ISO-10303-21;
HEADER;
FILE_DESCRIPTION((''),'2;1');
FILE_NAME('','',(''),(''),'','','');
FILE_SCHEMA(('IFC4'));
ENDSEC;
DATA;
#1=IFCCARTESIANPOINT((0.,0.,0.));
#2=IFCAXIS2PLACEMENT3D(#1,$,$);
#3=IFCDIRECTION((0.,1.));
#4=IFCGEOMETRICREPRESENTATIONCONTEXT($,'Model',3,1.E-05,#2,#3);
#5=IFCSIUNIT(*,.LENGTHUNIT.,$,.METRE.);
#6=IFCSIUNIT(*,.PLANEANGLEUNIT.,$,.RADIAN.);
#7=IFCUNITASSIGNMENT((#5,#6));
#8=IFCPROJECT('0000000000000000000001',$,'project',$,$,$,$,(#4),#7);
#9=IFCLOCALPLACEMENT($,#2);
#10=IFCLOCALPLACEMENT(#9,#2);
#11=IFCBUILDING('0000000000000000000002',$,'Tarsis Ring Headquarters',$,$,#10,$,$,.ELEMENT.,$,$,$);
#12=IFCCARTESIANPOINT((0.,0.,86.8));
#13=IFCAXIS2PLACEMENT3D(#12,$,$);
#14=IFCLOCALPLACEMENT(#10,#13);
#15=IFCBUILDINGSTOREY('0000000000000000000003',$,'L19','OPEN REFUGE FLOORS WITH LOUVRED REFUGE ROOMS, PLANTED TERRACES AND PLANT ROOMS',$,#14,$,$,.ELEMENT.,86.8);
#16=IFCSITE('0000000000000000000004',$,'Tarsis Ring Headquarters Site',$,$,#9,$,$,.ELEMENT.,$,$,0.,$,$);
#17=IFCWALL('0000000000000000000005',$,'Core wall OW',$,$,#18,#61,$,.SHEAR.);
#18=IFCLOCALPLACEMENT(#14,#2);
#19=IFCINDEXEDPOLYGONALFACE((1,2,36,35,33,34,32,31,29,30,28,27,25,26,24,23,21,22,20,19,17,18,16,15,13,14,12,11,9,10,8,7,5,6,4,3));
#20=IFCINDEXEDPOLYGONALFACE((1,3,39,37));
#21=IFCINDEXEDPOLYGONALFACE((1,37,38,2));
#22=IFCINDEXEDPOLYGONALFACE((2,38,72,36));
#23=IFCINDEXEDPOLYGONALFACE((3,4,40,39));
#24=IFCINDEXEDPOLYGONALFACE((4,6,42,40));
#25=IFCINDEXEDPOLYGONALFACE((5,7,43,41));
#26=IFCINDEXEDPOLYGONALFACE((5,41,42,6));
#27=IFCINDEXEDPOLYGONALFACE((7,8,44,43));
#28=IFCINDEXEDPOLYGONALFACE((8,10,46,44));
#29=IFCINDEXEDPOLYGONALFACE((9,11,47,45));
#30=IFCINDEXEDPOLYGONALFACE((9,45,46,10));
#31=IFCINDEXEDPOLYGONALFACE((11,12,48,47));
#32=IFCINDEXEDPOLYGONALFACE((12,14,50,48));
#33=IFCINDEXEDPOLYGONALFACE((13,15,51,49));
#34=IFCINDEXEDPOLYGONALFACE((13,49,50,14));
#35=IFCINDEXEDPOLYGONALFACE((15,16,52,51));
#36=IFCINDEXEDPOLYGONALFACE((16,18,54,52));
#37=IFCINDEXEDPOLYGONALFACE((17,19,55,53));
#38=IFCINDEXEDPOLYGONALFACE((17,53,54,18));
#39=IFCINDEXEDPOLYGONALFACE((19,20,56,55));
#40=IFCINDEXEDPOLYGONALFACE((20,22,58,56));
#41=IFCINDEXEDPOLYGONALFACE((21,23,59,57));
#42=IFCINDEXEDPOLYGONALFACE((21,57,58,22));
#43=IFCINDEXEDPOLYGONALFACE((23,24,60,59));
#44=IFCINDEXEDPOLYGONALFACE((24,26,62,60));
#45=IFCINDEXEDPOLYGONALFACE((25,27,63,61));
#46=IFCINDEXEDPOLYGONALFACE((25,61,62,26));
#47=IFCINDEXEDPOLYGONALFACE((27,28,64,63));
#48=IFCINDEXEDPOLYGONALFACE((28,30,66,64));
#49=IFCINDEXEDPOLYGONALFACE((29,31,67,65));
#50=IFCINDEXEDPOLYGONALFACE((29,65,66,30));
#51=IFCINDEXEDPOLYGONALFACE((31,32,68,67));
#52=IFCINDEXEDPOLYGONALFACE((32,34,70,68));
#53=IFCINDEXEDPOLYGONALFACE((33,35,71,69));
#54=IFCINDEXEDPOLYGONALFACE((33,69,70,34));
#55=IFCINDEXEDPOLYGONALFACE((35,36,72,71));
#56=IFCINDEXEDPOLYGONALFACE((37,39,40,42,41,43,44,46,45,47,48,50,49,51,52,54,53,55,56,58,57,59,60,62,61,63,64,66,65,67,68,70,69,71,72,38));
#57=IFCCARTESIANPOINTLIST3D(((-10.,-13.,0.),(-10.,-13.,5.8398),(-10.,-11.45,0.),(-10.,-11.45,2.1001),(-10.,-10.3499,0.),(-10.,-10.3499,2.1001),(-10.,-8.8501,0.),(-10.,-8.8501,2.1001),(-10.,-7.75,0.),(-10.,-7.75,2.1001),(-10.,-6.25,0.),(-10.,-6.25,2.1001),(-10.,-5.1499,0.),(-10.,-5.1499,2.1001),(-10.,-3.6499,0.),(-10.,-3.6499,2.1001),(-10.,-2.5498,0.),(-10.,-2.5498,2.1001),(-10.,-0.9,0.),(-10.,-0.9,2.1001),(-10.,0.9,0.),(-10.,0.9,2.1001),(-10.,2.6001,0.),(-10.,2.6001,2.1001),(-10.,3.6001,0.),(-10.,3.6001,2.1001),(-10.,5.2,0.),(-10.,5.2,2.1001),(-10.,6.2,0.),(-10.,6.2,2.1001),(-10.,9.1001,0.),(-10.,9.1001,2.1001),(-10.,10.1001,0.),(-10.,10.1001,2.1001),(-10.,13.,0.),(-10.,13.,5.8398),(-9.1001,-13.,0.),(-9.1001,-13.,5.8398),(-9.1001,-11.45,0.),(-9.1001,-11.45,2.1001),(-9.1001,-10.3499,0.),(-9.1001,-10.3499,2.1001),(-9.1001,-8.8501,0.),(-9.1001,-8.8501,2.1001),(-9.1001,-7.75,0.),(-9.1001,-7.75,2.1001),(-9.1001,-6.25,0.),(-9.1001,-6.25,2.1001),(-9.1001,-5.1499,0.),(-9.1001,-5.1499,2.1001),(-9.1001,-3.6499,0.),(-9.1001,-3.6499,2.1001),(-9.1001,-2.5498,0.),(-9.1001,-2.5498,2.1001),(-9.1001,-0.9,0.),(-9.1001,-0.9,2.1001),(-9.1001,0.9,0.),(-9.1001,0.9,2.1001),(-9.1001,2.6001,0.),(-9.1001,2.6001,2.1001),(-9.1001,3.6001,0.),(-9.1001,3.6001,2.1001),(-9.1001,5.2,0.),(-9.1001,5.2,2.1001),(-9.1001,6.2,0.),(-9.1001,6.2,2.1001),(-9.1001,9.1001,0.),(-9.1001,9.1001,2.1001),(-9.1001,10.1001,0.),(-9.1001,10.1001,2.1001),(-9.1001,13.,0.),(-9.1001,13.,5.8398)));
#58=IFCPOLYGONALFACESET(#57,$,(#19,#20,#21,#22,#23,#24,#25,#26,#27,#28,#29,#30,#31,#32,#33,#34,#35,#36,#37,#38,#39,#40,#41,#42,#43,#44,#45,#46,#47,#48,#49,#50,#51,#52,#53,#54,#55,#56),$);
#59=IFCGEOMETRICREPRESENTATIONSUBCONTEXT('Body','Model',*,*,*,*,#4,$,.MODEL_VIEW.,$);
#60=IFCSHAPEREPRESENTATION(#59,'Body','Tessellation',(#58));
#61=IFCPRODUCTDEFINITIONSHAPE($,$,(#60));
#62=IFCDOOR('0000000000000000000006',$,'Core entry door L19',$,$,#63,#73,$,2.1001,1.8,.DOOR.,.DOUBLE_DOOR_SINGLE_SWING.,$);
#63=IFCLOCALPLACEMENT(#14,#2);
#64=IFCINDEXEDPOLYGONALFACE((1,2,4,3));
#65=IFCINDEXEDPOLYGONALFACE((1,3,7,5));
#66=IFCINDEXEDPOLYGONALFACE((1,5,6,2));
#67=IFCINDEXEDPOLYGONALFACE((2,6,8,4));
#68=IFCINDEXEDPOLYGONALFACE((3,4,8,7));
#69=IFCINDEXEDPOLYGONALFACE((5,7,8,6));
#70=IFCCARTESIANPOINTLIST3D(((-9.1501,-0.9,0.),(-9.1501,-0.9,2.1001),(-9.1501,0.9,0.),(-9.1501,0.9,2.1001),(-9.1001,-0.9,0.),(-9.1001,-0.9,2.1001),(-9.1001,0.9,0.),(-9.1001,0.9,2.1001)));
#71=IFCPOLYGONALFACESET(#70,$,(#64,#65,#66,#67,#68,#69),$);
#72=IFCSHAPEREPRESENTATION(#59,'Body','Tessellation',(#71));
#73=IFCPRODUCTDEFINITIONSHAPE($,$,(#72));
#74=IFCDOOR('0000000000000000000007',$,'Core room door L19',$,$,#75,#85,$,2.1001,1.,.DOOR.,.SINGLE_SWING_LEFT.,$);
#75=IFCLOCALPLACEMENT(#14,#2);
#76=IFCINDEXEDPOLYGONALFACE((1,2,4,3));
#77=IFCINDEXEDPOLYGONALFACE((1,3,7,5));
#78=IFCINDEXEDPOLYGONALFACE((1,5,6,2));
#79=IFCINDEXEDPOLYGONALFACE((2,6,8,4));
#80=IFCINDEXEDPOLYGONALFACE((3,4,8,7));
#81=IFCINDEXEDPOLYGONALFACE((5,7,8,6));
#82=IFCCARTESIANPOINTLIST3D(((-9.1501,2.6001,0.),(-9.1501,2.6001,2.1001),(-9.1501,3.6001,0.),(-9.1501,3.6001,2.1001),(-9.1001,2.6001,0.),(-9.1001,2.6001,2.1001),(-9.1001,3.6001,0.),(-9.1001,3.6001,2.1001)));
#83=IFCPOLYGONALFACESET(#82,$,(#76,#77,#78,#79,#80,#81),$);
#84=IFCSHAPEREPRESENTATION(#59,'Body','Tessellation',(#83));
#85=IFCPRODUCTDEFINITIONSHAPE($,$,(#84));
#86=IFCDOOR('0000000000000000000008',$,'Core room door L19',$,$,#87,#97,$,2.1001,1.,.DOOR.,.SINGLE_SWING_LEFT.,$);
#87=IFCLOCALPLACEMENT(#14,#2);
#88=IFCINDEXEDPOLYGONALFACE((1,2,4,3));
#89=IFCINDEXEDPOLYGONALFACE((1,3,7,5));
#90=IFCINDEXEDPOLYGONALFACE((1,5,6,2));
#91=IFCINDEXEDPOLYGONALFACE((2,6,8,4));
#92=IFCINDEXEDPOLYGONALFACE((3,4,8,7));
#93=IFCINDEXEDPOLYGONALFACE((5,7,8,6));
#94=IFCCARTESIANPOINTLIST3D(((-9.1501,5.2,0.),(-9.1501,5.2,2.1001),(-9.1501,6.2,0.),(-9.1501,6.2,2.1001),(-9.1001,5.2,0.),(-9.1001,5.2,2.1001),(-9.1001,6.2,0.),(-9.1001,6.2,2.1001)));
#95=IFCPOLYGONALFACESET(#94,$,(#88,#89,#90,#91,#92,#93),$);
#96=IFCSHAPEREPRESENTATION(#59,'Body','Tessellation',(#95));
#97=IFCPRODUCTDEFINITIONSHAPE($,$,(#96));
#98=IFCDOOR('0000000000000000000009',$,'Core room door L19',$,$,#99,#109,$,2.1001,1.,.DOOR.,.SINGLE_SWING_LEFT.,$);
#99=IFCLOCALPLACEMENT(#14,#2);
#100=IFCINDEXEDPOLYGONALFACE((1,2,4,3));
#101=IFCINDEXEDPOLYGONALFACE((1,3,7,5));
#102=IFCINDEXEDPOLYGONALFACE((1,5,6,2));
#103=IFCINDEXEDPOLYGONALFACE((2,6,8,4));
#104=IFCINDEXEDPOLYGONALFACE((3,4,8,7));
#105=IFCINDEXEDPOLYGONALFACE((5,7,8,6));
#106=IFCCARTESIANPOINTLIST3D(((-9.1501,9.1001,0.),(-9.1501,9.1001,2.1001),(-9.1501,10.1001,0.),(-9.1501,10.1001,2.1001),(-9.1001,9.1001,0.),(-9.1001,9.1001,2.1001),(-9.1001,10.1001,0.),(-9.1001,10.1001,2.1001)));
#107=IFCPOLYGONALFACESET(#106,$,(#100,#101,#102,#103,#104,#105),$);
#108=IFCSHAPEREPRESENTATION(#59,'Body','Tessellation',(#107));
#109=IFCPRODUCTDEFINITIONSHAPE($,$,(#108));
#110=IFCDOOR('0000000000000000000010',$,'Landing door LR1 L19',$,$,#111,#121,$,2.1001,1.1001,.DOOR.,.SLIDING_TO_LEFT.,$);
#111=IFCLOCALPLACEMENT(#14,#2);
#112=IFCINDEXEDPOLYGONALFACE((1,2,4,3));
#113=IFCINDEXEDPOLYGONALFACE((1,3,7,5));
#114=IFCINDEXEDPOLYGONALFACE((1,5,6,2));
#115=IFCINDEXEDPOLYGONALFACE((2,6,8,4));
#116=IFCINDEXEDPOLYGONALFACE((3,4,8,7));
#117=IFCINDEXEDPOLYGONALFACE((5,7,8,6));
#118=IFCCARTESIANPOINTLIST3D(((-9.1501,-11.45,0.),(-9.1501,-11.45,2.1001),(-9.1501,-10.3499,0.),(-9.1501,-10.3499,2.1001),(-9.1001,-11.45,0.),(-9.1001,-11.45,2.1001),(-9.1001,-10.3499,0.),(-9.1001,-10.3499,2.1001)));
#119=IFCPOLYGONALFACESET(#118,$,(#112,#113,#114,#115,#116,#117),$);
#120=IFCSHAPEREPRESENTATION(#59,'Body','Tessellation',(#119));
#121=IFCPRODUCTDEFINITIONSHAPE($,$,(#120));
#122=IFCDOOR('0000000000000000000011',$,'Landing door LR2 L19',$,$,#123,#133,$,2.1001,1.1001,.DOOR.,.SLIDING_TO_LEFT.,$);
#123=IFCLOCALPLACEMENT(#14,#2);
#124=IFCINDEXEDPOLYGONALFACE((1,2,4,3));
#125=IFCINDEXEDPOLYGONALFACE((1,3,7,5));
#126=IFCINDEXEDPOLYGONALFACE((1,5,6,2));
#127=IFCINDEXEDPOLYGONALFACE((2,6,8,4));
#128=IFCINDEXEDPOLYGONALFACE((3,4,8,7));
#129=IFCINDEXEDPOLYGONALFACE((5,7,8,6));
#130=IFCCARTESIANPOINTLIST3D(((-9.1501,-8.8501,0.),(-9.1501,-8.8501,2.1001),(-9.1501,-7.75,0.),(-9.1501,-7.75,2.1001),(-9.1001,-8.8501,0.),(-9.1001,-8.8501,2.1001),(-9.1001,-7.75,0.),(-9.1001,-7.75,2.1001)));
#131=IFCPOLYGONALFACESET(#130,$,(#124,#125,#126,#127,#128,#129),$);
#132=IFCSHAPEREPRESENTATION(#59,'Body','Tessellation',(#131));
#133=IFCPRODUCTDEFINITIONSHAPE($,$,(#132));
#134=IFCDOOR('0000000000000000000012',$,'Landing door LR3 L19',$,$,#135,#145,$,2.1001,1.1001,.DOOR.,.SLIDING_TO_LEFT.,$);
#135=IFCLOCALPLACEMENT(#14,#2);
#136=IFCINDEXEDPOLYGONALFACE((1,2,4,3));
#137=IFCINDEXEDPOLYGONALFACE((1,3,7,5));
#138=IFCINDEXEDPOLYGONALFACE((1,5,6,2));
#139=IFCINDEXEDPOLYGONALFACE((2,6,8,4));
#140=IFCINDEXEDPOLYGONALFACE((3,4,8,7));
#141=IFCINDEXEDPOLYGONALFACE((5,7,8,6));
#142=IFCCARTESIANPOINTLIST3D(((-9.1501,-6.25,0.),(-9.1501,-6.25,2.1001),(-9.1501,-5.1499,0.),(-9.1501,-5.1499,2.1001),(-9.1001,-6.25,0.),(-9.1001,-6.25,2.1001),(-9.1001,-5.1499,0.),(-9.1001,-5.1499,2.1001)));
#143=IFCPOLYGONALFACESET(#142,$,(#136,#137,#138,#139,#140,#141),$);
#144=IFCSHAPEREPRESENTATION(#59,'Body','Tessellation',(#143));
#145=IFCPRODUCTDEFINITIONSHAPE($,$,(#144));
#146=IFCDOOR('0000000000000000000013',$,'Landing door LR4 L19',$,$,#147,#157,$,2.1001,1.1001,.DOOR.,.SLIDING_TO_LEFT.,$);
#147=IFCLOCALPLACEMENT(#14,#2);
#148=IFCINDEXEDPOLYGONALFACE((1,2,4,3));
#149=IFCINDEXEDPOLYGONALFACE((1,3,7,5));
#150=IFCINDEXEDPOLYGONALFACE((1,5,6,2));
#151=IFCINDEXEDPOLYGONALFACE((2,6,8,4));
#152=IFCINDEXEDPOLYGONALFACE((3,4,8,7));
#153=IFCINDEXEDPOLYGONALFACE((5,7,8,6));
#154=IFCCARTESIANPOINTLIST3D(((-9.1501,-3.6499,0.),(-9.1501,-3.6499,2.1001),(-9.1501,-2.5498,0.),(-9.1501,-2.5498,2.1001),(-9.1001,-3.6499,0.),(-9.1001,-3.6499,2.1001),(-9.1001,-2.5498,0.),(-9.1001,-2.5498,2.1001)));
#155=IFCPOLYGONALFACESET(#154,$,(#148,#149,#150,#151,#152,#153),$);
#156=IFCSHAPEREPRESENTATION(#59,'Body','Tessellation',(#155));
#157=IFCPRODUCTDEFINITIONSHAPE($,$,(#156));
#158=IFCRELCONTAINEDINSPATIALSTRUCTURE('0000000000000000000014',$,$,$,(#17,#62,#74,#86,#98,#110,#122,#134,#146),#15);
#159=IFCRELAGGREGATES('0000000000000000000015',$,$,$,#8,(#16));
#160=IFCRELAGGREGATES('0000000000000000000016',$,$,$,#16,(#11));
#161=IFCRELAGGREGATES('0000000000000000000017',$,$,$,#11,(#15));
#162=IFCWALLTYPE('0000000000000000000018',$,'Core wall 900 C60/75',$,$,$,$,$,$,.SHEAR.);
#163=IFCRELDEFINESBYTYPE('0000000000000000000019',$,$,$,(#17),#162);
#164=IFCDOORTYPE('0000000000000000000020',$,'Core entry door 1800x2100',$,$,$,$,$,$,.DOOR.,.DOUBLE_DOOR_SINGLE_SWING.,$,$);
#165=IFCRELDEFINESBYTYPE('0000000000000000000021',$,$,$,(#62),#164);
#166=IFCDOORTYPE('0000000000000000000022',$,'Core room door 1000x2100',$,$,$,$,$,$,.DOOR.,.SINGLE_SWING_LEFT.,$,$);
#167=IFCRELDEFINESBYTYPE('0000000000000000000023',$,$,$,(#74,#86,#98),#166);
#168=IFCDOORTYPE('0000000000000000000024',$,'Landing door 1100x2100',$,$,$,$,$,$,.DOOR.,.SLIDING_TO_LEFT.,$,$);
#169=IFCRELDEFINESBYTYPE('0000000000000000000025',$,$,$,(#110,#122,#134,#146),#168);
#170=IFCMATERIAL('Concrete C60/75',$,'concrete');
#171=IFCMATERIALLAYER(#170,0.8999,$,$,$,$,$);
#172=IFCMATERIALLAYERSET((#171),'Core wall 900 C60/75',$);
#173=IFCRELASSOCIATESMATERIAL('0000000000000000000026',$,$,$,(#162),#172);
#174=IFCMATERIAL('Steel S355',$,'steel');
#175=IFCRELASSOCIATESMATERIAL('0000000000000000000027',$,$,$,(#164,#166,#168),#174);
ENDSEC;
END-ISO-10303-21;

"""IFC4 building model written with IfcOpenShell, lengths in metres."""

from ifc_helpers import new_model, si_unit, direction, frame, frame_2d, origin, place, context, subcontext, project, spatial, rectangle, extrude, material, layer, layer_set, type_object, element, fill, save


model = new_model("IFC4")

# Units and contexts
model_context = context("Model", 3, precision=1e-05, world=origin(), true_north=direction((0.0, 1.0)))
body_context = subcontext(model_context, "Body", "Model", "MODEL_VIEW")
ifc_project = project(units=[si_unit("LENGTHUNIT", "METRE"), si_unit("PLANEANGLEUNIT", "RADIAN")], contexts=[model_context])

# Site, building, storey
site_placement = place(None, origin())
site = spatial("IfcSite", under=ifc_project, at=site_placement, Name="Tarsis Ring Headquarters Site", CompositionType="ELEMENT", RefElevation=0.0)
building_placement = place(site_placement, origin())
building = spatial("IfcBuilding", under=site, at=building_placement, Name="Tarsis Ring Headquarters", CompositionType="ELEMENT")
storey_placement = place(building_placement, frame((0.0, 0.0, 86.8)))
storey = spatial("IfcBuildingStorey", under=building, at=storey_placement, Name="L19", Description="OPEN REFUGE FLOORS WITH LOUVRED REFUGE ROOMS, PLANTED TERRACES AND PLANT ROOMS", CompositionType="ELEMENT", Elevation=86.8)

# Wall, openings, doors
ifc_material_1 = material(Name="Concrete C60/75", Category="concrete")
ifc_layer_1 = layer(ifc_material_1, 0.8999)
ifc_layer_set_1 = layer_set([ifc_layer_1], Name="Core wall 900 C60/75")
wall_type_1 = type_object("IfcWallType", Name="Core wall 900 C60/75", PredefinedType="SHEAR", material=ifc_layer_set_1)
wall_1_placement = place(storey_placement, frame((-9.55, -13.0, 0.0), z_axis=(0.0, 0.0, 1.0), x_axis=(0.0, 1.0, 0.0)))
wall_1 = element("IfcWall", 1, at=wall_1_placement, inside=storey, type_object=wall_type_1, Name="Core wall OW", PredefinedType="SHEAR", context=body_context, shape_type="SweptSolid", body=[
    extrude(rectangle(XDim=26.0, YDim=0.8999, at=frame_2d((13.0, 0.0))), origin(), (0.0, 0.0, 1.0), 5.8398),
])
opening_1_placement = place(wall_1_placement, frame((1.55, 0.0, 0.0)))
opening_1 = element("IfcOpeningElement", 2, at=opening_1_placement, cuts=wall_1, PredefinedType="OPENING", context=body_context, shape_type="SweptSolid", body=[
    extrude(rectangle(XDim=1.1001, YDim=2.1001, at=frame_2d((0.55, 1.05))), frame((0.0, 0.46, 0.0), z_axis=(0.0, -1.0, 0.0), x_axis=(1.0, 0.0, 0.0)), (0.0, 0.0, 1.0), 0.9199),
])
opening_2_placement = place(wall_1_placement, frame((4.1499, 0.0, 0.0)))
opening_2 = element("IfcOpeningElement", 3, at=opening_2_placement, cuts=wall_1, PredefinedType="OPENING", context=body_context, shape_type="SweptSolid", body=[
    extrude(rectangle(XDim=1.1001, YDim=2.1001, at=frame_2d((0.55, 1.05))), frame((0.0, 0.46, 0.0), z_axis=(0.0, -1.0, 0.0), x_axis=(1.0, 0.0, 0.0)), (0.0, 0.0, 1.0), 0.9199),
])
opening_3_placement = place(wall_1_placement, frame((6.75, 0.0, 0.0)))
opening_3 = element("IfcOpeningElement", 4, at=opening_3_placement, cuts=wall_1, PredefinedType="OPENING", context=body_context, shape_type="SweptSolid", body=[
    extrude(rectangle(XDim=1.1001, YDim=2.1001, at=frame_2d((0.55, 1.05))), frame((0.0, 0.46, 0.0), z_axis=(0.0, -1.0, 0.0), x_axis=(1.0, 0.0, 0.0)), (0.0, 0.0, 1.0), 0.9199),
])
opening_4_placement = place(wall_1_placement, frame((9.3501, 0.0, 0.0)))
opening_4 = element("IfcOpeningElement", 5, at=opening_4_placement, cuts=wall_1, PredefinedType="OPENING", context=body_context, shape_type="SweptSolid", body=[
    extrude(rectangle(XDim=1.1001, YDim=2.1001, at=frame_2d((0.55, 1.05))), frame((0.0, 0.46, 0.0), z_axis=(0.0, -1.0, 0.0), x_axis=(1.0, 0.0, 0.0)), (0.0, 0.0, 1.0), 0.9199),
])
opening_5_placement = place(wall_1_placement, frame((12.1001, 0.0, 0.0)))
opening_5 = element("IfcOpeningElement", 6, at=opening_5_placement, cuts=wall_1, PredefinedType="OPENING", context=body_context, shape_type="SweptSolid", body=[
    extrude(rectangle(XDim=1.8, YDim=2.1001, at=frame_2d((0.8999, 1.05))), frame((0.0, 0.46, 0.0), z_axis=(0.0, -1.0, 0.0), x_axis=(1.0, 0.0, 0.0)), (0.0, 0.0, 1.0), 0.9199),
])
opening_6_placement = place(wall_1_placement, frame((15.6001, 0.0, 0.0)))
opening_6 = element("IfcOpeningElement", 7, at=opening_6_placement, cuts=wall_1, PredefinedType="OPENING", context=body_context, shape_type="SweptSolid", body=[
    extrude(rectangle(XDim=1.0, YDim=2.1001, at=frame_2d((0.5, 1.05))), frame((0.0, 0.46, 0.0), z_axis=(0.0, -1.0, 0.0), x_axis=(1.0, 0.0, 0.0)), (0.0, 0.0, 1.0), 0.9199),
])
opening_7_placement = place(wall_1_placement, frame((18.2, 0.0, 0.0)))
opening_7 = element("IfcOpeningElement", 8, at=opening_7_placement, cuts=wall_1, PredefinedType="OPENING", context=body_context, shape_type="SweptSolid", body=[
    extrude(rectangle(XDim=1.0, YDim=2.1001, at=frame_2d((0.5, 1.05))), frame((0.0, 0.46, 0.0), z_axis=(0.0, -1.0, 0.0), x_axis=(1.0, 0.0, 0.0)), (0.0, 0.0, 1.0), 0.9199),
])
opening_8_placement = place(wall_1_placement, frame((22.1001, 0.0, 0.0)))
opening_8 = element("IfcOpeningElement", 9, at=opening_8_placement, cuts=wall_1, PredefinedType="OPENING", context=body_context, shape_type="SweptSolid", body=[
    extrude(rectangle(XDim=1.0, YDim=2.1001, at=frame_2d((0.5, 1.05))), frame((0.0, 0.46, 0.0), z_axis=(0.0, -1.0, 0.0), x_axis=(1.0, 0.0, 0.0)), (0.0, 0.0, 1.0), 0.9199),
])
ifc_material_2 = material(Name="Steel S355", Category="steel")
door_type_1 = type_object("IfcDoorType", Name="Core entry door 1800x2100", OperationType="DOUBLE_DOOR_SINGLE_SWING", PredefinedType="DOOR", material=ifc_material_2)
door_1_placement = place(opening_5_placement, origin())
door_1 = element("IfcDoor", 10, at=door_1_placement, inside=storey, type_object=door_type_1, Name="Core entry door L19", OperationType="DOUBLE_DOOR_SINGLE_SWING", OverallHeight=2.1001, OverallWidth=1.8, PredefinedType="DOOR", context=body_context, shape_type="SweptSolid", body=[
    extrude(rectangle(XDim=1.8, YDim=2.1001, at=frame_2d((0.8999, 1.05))), frame((0.0, -0.3999, 0.0), z_axis=(0.0, -1.0, 0.0), x_axis=(1.0, 0.0, 0.0)), (0.0, 0.0, 1.0), 0.05),
])
fill(opening_5, door_1)
door_type_2 = type_object("IfcDoorType", Name="Core room door 1000x2100", OperationType="SINGLE_SWING_LEFT", PredefinedType="DOOR", material=ifc_material_2)
door_2_placement = place(opening_6_placement, origin())
door_2 = element("IfcDoor", 11, at=door_2_placement, inside=storey, type_object=door_type_2, Name="Core room door L19", OperationType="SINGLE_SWING_LEFT", OverallHeight=2.1001, OverallWidth=1.0, PredefinedType="DOOR", context=body_context, shape_type="SweptSolid", body=[
    extrude(rectangle(XDim=1.0, YDim=2.1001, at=frame_2d((0.5, 1.05))), frame((0.0, -0.3999, 0.0), z_axis=(0.0, -1.0, 0.0), x_axis=(1.0, 0.0, 0.0)), (0.0, 0.0, 1.0), 0.05),
])
fill(opening_6, door_2)
door_3_placement = place(opening_7_placement, origin())
door_3 = element("IfcDoor", 12, at=door_3_placement, inside=storey, type_object=door_type_2, Name="Core room door L19", OperationType="SINGLE_SWING_LEFT", OverallHeight=2.1001, OverallWidth=1.0, PredefinedType="DOOR", context=body_context, shape_type="SweptSolid", body=[
    extrude(rectangle(XDim=1.0, YDim=2.1001, at=frame_2d((0.5, 1.05))), frame((0.0, -0.3999, 0.0), z_axis=(0.0, -1.0, 0.0), x_axis=(1.0, 0.0, 0.0)), (0.0, 0.0, 1.0), 0.05),
])
fill(opening_7, door_3)
door_4_placement = place(opening_8_placement, origin())
door_4 = element("IfcDoor", 13, at=door_4_placement, inside=storey, type_object=door_type_2, Name="Core room door L19", OperationType="SINGLE_SWING_LEFT", OverallHeight=2.1001, OverallWidth=1.0, PredefinedType="DOOR", context=body_context, shape_type="SweptSolid", body=[
    extrude(rectangle(XDim=1.0, YDim=2.1001, at=frame_2d((0.5, 1.05))), frame((0.0, -0.3999, 0.0), z_axis=(0.0, -1.0, 0.0), x_axis=(1.0, 0.0, 0.0)), (0.0, 0.0, 1.0), 0.05),
])
fill(opening_8, door_4)
door_type_3 = type_object("IfcDoorType", Name="Landing door 1100x2100", OperationType="SLIDING_TO_LEFT", PredefinedType="DOOR", material=ifc_material_2)
door_5_placement = place(opening_1_placement, origin())
door_5 = element("IfcDoor", 14, at=door_5_placement, inside=storey, type_object=door_type_3, Name="Landing door LR1 L19", OperationType="SLIDING_TO_LEFT", OverallHeight=2.1001, OverallWidth=1.1001, PredefinedType="DOOR", context=body_context, shape_type="SweptSolid", body=[
    extrude(rectangle(XDim=1.1001, YDim=2.1001, at=frame_2d((0.55, 1.05))), frame((0.0, -0.3999, 0.0), z_axis=(0.0, -1.0, 0.0), x_axis=(1.0, 0.0, 0.0)), (0.0, 0.0, 1.0), 0.05),
])
fill(opening_1, door_5)
door_6_placement = place(opening_2_placement, origin())
door_6 = element("IfcDoor", 15, at=door_6_placement, inside=storey, type_object=door_type_3, Name="Landing door LR2 L19", OperationType="SLIDING_TO_LEFT", OverallHeight=2.1001, OverallWidth=1.1001, PredefinedType="DOOR", context=body_context, shape_type="SweptSolid", body=[
    extrude(rectangle(XDim=1.1001, YDim=2.1001, at=frame_2d((0.55, 1.05))), frame((0.0, -0.3999, 0.0), z_axis=(0.0, -1.0, 0.0), x_axis=(1.0, 0.0, 0.0)), (0.0, 0.0, 1.0), 0.05),
])
fill(opening_2, door_6)
door_7_placement = place(opening_3_placement, origin())
door_7 = element("IfcDoor", 16, at=door_7_placement, inside=storey, type_object=door_type_3, Name="Landing door LR3 L19", OperationType="SLIDING_TO_LEFT", OverallHeight=2.1001, OverallWidth=1.1001, PredefinedType="DOOR", context=body_context, shape_type="SweptSolid", body=[
    extrude(rectangle(XDim=1.1001, YDim=2.1001, at=frame_2d((0.55, 1.05))), frame((0.0, -0.3999, 0.0), z_axis=(0.0, -1.0, 0.0), x_axis=(1.0, 0.0, 0.0)), (0.0, 0.0, 1.0), 0.05),
])
fill(opening_3, door_7)
door_8_placement = place(opening_4_placement, origin())
door_8 = element("IfcDoor", 17, at=door_8_placement, inside=storey, type_object=door_type_3, Name="Landing door LR4 L19", OperationType="SLIDING_TO_LEFT", OverallHeight=2.1001, OverallWidth=1.1001, PredefinedType="DOOR", context=body_context, shape_type="SweptSolid", body=[
    extrude(rectangle(XDim=1.1001, YDim=2.1001, at=frame_2d((0.55, 1.05))), frame((0.0, -0.3999, 0.0), z_axis=(0.0, -1.0, 0.0), x_axis=(1.0, 0.0, 0.0)), (0.0, 0.0, 1.0), 0.05),
])
fill(opening_4, door_8)

save(model, "model.ifc")
